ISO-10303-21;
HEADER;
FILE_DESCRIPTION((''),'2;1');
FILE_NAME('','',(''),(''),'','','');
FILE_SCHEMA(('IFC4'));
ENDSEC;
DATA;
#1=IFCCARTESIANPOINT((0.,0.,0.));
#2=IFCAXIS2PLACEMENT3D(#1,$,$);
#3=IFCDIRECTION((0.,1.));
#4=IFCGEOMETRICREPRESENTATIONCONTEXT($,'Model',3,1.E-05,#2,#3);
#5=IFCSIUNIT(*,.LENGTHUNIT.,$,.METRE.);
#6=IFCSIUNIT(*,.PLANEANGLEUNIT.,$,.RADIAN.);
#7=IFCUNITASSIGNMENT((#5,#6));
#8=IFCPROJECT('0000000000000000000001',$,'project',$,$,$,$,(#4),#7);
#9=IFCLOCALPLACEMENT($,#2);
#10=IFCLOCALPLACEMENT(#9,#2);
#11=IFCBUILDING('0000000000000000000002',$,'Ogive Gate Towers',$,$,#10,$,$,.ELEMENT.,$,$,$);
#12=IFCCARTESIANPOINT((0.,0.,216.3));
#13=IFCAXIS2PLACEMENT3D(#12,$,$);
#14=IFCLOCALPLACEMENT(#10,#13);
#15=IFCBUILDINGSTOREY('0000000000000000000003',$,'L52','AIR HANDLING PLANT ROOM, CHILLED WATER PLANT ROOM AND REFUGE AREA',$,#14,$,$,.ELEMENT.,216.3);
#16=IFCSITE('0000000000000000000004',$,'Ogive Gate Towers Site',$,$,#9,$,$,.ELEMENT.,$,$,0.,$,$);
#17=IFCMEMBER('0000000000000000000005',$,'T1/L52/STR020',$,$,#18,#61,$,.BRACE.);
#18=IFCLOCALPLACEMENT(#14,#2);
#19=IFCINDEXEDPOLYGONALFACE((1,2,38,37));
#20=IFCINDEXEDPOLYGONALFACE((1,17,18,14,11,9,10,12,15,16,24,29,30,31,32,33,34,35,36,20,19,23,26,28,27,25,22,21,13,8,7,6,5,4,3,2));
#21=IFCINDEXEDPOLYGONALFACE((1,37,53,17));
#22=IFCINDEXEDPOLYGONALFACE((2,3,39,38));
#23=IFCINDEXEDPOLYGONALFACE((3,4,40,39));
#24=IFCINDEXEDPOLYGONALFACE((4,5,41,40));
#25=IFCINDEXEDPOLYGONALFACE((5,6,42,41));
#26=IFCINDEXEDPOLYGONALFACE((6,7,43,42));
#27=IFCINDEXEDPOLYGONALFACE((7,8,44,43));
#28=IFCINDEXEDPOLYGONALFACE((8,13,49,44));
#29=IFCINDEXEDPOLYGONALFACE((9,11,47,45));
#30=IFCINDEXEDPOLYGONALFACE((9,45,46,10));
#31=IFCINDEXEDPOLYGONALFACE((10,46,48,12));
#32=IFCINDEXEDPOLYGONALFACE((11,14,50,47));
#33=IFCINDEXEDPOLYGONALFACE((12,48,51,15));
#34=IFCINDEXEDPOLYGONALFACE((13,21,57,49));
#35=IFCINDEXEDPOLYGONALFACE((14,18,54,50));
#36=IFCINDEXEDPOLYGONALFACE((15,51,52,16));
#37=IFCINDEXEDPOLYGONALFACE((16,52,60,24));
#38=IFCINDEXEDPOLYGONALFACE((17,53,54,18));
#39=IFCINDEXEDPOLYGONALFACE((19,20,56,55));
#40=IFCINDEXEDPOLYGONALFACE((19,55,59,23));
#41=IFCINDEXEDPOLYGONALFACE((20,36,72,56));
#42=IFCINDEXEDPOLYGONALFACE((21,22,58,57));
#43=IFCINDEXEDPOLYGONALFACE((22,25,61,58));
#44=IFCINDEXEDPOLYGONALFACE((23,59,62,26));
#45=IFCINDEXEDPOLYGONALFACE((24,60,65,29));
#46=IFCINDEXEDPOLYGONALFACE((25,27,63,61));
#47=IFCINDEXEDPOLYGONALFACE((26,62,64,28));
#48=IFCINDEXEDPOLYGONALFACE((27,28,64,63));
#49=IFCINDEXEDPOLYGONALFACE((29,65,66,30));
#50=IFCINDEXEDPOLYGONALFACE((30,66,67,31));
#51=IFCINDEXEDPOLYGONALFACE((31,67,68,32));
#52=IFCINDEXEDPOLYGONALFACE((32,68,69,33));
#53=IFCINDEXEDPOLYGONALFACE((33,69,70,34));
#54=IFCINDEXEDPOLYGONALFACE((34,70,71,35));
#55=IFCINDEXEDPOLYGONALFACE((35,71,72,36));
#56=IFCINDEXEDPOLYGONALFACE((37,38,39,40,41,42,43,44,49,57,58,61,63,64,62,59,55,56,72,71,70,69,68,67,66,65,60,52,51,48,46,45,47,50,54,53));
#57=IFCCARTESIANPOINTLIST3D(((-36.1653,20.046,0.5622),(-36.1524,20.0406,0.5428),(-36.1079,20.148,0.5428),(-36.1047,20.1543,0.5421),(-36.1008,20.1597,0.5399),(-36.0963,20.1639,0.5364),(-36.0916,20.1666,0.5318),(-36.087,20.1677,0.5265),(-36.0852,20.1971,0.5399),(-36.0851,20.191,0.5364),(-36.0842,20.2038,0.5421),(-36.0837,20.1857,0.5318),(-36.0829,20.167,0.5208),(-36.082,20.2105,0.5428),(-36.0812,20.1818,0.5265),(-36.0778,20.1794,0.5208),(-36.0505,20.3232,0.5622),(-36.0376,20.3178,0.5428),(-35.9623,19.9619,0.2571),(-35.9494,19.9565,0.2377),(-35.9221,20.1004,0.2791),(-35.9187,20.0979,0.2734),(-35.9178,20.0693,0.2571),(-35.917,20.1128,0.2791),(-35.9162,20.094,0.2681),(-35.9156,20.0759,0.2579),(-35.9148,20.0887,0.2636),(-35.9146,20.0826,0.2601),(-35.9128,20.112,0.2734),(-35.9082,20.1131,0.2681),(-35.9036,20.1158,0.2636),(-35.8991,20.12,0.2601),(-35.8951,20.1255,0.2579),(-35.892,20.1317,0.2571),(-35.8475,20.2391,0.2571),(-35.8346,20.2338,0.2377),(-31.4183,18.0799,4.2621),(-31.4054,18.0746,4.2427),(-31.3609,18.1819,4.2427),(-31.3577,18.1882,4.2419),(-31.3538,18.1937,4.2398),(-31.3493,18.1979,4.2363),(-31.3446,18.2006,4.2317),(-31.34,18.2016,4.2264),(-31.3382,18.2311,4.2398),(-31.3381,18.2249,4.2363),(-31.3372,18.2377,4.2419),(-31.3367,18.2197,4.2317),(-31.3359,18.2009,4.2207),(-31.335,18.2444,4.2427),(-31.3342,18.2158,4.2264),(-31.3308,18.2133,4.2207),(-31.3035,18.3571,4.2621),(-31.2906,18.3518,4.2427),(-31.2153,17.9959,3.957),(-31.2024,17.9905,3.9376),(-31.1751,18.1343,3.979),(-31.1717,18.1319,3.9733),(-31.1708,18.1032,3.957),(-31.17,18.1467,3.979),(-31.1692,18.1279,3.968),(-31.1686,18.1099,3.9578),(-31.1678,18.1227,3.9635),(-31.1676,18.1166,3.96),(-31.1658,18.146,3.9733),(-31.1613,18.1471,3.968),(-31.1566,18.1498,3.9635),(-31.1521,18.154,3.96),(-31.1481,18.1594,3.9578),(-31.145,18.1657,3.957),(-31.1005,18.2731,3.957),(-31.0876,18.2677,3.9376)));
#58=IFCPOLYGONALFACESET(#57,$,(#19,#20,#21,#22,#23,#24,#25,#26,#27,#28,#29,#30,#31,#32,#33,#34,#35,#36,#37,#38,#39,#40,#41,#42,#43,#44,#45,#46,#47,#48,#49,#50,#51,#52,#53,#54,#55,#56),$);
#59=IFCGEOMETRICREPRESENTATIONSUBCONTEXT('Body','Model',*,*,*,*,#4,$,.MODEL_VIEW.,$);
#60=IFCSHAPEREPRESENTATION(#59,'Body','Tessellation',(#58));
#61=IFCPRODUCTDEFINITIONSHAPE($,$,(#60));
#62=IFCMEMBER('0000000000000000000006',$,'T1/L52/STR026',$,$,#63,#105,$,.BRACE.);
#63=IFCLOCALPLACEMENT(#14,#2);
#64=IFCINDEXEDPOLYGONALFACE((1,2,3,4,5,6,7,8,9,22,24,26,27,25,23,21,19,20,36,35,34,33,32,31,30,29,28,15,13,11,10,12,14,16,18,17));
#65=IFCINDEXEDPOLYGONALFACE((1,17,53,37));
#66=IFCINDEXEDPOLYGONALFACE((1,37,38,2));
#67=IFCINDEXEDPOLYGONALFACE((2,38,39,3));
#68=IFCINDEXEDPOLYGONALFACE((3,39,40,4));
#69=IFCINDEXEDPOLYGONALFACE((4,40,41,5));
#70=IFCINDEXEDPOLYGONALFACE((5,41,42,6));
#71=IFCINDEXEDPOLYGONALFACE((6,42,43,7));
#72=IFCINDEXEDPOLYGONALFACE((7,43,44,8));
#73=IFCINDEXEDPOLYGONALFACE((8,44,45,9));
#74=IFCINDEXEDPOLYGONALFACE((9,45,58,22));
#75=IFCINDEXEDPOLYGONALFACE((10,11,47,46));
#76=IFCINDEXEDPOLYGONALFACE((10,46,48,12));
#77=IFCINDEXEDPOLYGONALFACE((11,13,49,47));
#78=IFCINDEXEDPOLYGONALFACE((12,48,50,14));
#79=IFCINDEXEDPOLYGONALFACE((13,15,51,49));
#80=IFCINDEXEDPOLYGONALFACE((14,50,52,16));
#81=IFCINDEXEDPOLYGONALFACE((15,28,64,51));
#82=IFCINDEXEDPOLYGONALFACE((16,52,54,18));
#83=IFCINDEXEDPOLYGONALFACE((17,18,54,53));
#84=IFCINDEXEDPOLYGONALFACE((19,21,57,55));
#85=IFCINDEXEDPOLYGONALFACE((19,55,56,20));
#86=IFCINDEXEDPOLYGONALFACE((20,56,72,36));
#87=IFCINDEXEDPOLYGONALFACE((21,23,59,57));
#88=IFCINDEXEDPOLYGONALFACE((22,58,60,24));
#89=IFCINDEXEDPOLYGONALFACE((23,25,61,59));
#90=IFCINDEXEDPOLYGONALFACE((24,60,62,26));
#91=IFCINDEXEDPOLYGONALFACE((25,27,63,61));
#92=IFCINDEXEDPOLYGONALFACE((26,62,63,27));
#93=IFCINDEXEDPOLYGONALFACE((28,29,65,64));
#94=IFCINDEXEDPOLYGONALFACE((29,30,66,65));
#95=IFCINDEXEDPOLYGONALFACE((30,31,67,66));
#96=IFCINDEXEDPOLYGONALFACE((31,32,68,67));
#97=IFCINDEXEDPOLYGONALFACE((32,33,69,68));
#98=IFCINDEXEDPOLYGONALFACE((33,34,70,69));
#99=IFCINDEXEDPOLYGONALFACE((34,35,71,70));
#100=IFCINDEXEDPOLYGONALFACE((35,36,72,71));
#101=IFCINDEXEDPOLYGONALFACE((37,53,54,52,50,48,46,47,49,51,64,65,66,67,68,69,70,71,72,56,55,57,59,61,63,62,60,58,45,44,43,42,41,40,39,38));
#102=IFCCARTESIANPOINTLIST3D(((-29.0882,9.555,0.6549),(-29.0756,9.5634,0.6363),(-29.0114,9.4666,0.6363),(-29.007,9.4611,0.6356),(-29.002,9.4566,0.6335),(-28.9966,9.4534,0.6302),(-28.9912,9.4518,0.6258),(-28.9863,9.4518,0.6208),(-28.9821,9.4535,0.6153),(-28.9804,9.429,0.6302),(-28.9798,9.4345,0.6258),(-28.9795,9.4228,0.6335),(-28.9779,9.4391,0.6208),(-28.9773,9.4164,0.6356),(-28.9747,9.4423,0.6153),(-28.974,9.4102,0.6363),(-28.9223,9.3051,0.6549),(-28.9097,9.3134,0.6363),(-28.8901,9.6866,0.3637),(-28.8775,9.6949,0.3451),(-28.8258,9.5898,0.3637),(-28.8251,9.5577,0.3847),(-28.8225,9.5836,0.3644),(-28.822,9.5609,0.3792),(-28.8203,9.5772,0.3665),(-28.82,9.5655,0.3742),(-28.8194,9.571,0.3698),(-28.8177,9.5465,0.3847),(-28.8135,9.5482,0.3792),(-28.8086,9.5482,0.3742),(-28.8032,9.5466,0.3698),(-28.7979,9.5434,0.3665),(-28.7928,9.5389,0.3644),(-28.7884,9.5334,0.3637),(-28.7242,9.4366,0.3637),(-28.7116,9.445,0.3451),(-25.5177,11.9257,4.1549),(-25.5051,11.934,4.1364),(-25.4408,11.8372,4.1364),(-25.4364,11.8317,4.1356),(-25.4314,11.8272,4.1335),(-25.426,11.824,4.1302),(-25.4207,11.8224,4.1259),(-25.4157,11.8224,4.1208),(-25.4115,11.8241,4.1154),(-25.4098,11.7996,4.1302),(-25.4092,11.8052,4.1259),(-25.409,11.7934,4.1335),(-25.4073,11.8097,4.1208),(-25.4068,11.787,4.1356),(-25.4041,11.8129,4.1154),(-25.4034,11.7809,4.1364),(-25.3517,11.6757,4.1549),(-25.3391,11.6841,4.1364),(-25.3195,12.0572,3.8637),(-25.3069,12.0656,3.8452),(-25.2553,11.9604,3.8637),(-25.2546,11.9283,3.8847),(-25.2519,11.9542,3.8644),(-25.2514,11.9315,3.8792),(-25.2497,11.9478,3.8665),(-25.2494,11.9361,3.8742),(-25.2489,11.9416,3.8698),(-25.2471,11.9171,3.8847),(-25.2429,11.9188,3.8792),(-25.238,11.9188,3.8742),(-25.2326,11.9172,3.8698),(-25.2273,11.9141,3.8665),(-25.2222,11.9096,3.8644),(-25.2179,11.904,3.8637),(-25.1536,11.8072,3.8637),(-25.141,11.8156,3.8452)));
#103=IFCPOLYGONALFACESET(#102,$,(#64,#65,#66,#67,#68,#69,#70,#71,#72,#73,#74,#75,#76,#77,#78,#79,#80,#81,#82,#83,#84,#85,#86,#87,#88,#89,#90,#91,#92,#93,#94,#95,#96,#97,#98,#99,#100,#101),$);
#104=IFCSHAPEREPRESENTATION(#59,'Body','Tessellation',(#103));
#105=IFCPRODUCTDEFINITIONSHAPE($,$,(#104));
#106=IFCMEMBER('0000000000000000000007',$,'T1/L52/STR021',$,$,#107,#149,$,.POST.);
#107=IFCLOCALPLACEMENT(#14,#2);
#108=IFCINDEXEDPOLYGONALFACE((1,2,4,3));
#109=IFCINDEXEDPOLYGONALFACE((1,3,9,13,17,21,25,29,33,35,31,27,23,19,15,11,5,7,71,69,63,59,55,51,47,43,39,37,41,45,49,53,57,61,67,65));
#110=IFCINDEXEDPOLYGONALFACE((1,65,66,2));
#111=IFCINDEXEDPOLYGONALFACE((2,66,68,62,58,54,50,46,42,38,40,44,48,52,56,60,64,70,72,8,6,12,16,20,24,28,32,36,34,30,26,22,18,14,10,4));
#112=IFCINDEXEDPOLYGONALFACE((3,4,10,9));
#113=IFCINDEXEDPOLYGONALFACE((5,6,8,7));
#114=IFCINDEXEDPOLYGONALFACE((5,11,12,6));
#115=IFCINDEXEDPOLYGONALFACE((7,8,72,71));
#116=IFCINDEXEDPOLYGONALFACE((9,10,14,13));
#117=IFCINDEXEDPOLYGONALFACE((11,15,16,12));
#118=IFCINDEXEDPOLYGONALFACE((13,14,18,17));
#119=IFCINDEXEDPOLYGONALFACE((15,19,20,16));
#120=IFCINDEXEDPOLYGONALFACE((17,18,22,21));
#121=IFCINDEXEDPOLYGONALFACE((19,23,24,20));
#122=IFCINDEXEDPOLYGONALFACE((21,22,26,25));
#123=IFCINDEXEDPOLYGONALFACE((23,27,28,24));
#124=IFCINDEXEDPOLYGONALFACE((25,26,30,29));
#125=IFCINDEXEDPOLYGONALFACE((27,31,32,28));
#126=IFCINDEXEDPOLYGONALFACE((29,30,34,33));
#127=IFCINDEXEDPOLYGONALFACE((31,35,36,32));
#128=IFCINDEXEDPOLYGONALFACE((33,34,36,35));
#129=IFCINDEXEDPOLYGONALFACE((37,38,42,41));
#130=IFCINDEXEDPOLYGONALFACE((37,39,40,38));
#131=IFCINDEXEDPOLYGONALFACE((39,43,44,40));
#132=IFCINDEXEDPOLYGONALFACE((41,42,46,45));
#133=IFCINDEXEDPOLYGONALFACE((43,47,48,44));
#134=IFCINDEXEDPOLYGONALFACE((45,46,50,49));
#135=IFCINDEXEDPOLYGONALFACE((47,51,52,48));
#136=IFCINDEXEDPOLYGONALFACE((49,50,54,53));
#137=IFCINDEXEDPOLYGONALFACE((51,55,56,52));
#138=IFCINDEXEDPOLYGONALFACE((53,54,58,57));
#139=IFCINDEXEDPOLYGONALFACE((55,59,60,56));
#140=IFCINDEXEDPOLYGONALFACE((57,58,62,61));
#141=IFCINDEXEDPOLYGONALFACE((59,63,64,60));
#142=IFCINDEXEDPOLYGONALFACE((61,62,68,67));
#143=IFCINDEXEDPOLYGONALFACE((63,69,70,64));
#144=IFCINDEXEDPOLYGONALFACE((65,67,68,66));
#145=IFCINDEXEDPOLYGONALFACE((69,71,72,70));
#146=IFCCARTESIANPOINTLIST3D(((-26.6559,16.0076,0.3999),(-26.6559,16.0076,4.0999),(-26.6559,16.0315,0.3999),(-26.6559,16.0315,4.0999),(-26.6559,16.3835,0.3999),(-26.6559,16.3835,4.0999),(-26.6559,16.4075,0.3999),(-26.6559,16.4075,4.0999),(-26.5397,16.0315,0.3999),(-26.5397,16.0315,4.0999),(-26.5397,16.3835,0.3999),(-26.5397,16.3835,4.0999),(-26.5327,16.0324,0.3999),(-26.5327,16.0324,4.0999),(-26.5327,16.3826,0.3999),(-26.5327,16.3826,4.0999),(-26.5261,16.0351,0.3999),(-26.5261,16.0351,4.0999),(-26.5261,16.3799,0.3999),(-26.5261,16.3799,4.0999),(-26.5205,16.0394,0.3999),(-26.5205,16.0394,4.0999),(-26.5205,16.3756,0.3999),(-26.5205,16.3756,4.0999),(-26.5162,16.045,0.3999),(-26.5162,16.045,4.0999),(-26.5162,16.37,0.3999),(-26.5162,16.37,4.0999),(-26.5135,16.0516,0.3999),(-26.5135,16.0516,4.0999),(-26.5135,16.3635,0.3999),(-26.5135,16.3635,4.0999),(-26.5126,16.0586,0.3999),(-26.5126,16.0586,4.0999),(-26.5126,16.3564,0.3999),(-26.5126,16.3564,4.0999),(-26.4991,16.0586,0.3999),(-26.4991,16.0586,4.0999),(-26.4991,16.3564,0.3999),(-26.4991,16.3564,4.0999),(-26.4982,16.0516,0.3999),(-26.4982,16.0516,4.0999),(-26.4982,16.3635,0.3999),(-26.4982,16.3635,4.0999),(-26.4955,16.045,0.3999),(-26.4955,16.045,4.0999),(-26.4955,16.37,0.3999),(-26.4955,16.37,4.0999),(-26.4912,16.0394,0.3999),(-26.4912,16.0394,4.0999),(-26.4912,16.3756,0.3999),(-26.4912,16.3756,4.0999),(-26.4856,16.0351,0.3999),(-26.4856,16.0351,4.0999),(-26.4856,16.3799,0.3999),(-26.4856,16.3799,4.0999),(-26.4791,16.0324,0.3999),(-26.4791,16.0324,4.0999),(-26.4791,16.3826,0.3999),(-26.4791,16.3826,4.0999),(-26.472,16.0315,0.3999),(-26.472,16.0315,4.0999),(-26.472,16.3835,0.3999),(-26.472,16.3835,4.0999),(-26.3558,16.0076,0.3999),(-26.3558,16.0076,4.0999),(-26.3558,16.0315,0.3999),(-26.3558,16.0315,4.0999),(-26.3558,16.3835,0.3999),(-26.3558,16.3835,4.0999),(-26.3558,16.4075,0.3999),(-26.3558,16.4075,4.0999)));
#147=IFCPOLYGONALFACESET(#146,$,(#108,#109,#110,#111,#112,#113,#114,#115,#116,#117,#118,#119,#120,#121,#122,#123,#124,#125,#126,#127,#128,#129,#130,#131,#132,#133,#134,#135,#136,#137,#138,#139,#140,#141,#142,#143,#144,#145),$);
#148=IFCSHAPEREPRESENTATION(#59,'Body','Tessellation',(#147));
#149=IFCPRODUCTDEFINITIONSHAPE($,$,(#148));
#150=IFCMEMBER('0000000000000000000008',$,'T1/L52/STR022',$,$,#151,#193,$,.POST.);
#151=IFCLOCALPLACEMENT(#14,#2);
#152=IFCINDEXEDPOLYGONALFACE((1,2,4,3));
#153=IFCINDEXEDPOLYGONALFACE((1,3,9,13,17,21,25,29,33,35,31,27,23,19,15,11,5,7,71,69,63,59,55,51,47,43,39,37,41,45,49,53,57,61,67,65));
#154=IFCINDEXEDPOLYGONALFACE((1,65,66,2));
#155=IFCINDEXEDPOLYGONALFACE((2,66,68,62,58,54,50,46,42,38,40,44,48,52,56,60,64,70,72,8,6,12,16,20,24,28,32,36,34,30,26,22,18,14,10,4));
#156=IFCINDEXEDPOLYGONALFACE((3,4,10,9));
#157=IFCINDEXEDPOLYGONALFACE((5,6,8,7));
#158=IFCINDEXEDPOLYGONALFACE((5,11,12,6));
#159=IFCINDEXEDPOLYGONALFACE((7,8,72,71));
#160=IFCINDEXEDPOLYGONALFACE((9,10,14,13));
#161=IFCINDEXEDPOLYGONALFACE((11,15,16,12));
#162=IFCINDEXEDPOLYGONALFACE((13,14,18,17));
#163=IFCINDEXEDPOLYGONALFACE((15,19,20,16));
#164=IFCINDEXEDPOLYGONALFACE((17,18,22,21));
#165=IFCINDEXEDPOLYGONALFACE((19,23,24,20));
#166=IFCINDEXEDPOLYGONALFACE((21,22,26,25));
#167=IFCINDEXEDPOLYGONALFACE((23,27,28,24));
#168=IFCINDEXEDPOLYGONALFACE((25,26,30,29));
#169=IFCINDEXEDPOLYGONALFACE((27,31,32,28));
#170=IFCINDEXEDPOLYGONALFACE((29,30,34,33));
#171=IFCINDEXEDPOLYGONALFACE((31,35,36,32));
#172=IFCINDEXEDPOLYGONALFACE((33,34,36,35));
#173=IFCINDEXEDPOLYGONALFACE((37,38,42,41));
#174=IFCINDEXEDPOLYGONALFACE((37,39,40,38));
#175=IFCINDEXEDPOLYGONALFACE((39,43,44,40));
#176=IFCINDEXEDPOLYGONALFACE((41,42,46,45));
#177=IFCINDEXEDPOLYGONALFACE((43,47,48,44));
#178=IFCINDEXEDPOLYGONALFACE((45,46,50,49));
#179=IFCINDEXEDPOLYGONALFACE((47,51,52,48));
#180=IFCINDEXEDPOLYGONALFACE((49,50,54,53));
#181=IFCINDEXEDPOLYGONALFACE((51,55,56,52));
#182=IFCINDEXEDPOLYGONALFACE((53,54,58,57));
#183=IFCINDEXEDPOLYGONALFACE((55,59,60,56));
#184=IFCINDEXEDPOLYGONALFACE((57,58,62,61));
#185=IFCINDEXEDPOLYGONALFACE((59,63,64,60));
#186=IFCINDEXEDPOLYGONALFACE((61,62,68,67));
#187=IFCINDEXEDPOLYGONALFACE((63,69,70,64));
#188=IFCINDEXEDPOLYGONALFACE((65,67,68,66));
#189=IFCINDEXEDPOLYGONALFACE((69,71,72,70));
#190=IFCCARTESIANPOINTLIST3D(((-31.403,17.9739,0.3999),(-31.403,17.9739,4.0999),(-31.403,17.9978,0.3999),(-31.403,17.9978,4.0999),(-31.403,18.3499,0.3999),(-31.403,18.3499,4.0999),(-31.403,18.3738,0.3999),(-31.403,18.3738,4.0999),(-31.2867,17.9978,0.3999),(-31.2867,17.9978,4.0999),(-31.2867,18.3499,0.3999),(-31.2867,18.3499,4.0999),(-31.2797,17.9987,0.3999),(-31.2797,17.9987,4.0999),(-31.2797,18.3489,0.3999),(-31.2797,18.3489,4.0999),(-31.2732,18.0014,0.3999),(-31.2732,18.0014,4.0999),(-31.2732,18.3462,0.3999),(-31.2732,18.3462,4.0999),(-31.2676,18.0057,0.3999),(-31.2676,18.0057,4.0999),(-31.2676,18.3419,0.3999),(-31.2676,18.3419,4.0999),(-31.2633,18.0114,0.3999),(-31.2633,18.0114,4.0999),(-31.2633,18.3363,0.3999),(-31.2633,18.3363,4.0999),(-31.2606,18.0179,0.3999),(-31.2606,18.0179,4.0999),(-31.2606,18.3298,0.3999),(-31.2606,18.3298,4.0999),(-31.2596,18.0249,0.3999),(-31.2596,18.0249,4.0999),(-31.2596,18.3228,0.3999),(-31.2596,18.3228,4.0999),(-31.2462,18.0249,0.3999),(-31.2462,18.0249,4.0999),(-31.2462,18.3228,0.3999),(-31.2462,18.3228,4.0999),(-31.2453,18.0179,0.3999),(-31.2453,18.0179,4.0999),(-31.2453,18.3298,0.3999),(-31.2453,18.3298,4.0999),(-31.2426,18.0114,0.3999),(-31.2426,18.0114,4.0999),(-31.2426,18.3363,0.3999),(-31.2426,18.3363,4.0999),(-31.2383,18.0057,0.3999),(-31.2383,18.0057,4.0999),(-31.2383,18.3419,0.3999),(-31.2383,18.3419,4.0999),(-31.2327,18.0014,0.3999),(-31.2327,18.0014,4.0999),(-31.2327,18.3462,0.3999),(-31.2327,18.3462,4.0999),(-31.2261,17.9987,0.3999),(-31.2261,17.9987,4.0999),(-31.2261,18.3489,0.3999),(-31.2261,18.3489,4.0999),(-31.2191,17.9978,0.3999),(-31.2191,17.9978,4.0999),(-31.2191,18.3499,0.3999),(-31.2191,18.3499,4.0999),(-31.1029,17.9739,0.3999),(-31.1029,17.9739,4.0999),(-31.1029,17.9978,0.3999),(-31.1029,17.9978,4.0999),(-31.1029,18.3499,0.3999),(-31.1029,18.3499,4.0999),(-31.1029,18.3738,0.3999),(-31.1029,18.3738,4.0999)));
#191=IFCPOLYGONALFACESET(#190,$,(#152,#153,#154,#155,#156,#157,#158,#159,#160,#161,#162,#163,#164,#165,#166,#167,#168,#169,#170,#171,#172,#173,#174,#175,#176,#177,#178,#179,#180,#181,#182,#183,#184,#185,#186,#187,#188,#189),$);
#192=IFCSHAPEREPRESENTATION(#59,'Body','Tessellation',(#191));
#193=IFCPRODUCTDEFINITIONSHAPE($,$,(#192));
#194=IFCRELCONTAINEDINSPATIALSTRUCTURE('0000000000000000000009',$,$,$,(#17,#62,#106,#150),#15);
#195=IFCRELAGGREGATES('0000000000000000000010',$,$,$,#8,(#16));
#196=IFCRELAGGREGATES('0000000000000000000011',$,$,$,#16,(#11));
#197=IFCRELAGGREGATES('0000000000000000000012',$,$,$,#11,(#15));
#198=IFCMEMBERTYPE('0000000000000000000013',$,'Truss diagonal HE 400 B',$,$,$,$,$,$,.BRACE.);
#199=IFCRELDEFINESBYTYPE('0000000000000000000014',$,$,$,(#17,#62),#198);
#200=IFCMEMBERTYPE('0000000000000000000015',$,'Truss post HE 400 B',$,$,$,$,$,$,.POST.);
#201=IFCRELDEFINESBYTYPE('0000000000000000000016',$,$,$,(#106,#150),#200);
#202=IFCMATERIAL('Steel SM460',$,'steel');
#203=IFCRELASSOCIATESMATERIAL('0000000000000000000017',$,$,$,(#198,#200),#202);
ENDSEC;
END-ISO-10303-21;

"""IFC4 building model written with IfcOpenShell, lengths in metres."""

from ifc_helpers import new_model, si_unit, direction, frame, origin, origin_2d, place, context, subcontext, project, spatial, i_section, extrude, material, material_profile, profile_set, type_object, element, save


model = new_model("IFC4")

# Units and contexts
model_context = context("Model", 3, precision=1e-05, world=origin(), true_north=direction((0.0, 1.0)))
body_context = subcontext(model_context, "Body", "Model", "MODEL_VIEW")
ifc_project = project(units=[si_unit("LENGTHUNIT", "METRE"), si_unit("PLANEANGLEUNIT", "RADIAN")], contexts=[model_context])

# Site, building, storey
site_placement = place(None, origin())
site = spatial("IfcSite", under=ifc_project, at=site_placement, Name="Ogive Gate Towers Site", CompositionType="ELEMENT", RefElevation=0.0)
building_placement = place(site_placement, origin())
building = spatial("IfcBuilding", under=site, at=building_placement, Name="Ogive Gate Towers", CompositionType="ELEMENT")
storey_placement = place(building_placement, frame((0.0, 0.0, 216.3)))
storey = spatial("IfcBuildingStorey", under=building, at=storey_placement, Name="L52", Description="AIR HANDLING PLANT ROOM, CHILLED WATER PLANT ROOM AND REFUGE AREA", CompositionType="ELEMENT", Elevation=216.3)

# Shared definitions
ifc_material_1 = material(Name="Steel SM460", Category="steel")

# Members
ifc_material_profile_1 = material_profile(ifc_material_1, i_section(OverallWidth=0.3, OverallDepth=0.3999, WebThickness=0.0134, FlangeThickness=0.0239, FilletRadius=0.0271, at=origin_2d()), Name="HE 400 B")
ifc_profile_set_1 = profile_set([ifc_material_profile_1], Name="Steel SM460")
member_type_1 = type_object("IfcMemberType", Name="Truss diagonal HE 400 B", PredefinedType="BRACE", material=ifc_profile_set_1)
member_1_placement = place(storey_placement, frame((-31.2529, 18.1738, 4.0999), z_axis=(-0.749737, 0.310514, -0.584359), x_axis=(-0.382644, -0.923896, 0.0)))
element("IfcMember", 1, at=member_1_placement, inside=storey, type_object=member_type_1, Name="T1/L52/STR020", PredefinedType="BRACE", context=body_context, shape_type="SweptSolid", body=[
    extrude(i_section(OverallWidth=0.3, OverallDepth=0.3999, WebThickness=0.0134, FlangeThickness=0.0239, FilletRadius=0.0271, at=origin_2d()), origin(), (0.0, 0.0, 1.0), 6.3315),
])
member_2_placement = place(storey_placement, frame((-28.8999, 9.5, 0.5), z_axis=(0.645272, 0.428417, 0.632521), x_axis=(-0.553122, 0.8331, 0.0)))
element("IfcMember", 2, at=member_2_placement, inside=storey, type_object=member_type_1, Name="T1/L52/STR026", PredefinedType="BRACE", context=body_context, shape_type="SweptSolid", body=[
    extrude(i_section(OverallWidth=0.3, OverallDepth=0.3999, WebThickness=0.0134, FlangeThickness=0.0239, FilletRadius=0.0271, at=origin_2d()), origin(), (0.0, 0.0, 1.0), 5.5334),
])
ifc_material_profile_2 = material_profile(ifc_material_1, i_section(OverallWidth=0.3, OverallDepth=0.3999, WebThickness=0.0134, FlangeThickness=0.0239, FilletRadius=0.0271, at=origin_2d()), Name="HE 400 B")
ifc_profile_set_2 = profile_set([ifc_material_profile_2], Name="Steel SM460")
member_type_2 = type_object("IfcMemberType", Name="Truss post HE 400 B", PredefinedType="POST", material=ifc_profile_set_2)
for number, where, z_axis, x_axis, name in (
    (3, (-26.5059, 16.2075, 0.3999), (0.0, 0.0, 1.0), (1.0, 0.0, 0.0), "T1/L52/STR021"),
    (4, (-31.2529, 18.1738, 0.3999), (0.0, 0.0, 1.0), (1.0, 0.0, 0.0), "T1/L52/STR022"),
):
    element("IfcMember", number, at=place(storey_placement, frame(where, z_axis=z_axis, x_axis=x_axis)), inside=storey, type_object=member_type_2, Name=name, PredefinedType="POST", context=body_context, shape_type="SweptSolid", body=[
        extrude(i_section(OverallWidth=0.3, OverallDepth=0.3999, WebThickness=0.0134, FlangeThickness=0.0239, FilletRadius=0.0271, at=origin_2d()), origin(), (0.0, 0.0, 1.0), 3.7),
    ])

save(model, "model.ifc")
